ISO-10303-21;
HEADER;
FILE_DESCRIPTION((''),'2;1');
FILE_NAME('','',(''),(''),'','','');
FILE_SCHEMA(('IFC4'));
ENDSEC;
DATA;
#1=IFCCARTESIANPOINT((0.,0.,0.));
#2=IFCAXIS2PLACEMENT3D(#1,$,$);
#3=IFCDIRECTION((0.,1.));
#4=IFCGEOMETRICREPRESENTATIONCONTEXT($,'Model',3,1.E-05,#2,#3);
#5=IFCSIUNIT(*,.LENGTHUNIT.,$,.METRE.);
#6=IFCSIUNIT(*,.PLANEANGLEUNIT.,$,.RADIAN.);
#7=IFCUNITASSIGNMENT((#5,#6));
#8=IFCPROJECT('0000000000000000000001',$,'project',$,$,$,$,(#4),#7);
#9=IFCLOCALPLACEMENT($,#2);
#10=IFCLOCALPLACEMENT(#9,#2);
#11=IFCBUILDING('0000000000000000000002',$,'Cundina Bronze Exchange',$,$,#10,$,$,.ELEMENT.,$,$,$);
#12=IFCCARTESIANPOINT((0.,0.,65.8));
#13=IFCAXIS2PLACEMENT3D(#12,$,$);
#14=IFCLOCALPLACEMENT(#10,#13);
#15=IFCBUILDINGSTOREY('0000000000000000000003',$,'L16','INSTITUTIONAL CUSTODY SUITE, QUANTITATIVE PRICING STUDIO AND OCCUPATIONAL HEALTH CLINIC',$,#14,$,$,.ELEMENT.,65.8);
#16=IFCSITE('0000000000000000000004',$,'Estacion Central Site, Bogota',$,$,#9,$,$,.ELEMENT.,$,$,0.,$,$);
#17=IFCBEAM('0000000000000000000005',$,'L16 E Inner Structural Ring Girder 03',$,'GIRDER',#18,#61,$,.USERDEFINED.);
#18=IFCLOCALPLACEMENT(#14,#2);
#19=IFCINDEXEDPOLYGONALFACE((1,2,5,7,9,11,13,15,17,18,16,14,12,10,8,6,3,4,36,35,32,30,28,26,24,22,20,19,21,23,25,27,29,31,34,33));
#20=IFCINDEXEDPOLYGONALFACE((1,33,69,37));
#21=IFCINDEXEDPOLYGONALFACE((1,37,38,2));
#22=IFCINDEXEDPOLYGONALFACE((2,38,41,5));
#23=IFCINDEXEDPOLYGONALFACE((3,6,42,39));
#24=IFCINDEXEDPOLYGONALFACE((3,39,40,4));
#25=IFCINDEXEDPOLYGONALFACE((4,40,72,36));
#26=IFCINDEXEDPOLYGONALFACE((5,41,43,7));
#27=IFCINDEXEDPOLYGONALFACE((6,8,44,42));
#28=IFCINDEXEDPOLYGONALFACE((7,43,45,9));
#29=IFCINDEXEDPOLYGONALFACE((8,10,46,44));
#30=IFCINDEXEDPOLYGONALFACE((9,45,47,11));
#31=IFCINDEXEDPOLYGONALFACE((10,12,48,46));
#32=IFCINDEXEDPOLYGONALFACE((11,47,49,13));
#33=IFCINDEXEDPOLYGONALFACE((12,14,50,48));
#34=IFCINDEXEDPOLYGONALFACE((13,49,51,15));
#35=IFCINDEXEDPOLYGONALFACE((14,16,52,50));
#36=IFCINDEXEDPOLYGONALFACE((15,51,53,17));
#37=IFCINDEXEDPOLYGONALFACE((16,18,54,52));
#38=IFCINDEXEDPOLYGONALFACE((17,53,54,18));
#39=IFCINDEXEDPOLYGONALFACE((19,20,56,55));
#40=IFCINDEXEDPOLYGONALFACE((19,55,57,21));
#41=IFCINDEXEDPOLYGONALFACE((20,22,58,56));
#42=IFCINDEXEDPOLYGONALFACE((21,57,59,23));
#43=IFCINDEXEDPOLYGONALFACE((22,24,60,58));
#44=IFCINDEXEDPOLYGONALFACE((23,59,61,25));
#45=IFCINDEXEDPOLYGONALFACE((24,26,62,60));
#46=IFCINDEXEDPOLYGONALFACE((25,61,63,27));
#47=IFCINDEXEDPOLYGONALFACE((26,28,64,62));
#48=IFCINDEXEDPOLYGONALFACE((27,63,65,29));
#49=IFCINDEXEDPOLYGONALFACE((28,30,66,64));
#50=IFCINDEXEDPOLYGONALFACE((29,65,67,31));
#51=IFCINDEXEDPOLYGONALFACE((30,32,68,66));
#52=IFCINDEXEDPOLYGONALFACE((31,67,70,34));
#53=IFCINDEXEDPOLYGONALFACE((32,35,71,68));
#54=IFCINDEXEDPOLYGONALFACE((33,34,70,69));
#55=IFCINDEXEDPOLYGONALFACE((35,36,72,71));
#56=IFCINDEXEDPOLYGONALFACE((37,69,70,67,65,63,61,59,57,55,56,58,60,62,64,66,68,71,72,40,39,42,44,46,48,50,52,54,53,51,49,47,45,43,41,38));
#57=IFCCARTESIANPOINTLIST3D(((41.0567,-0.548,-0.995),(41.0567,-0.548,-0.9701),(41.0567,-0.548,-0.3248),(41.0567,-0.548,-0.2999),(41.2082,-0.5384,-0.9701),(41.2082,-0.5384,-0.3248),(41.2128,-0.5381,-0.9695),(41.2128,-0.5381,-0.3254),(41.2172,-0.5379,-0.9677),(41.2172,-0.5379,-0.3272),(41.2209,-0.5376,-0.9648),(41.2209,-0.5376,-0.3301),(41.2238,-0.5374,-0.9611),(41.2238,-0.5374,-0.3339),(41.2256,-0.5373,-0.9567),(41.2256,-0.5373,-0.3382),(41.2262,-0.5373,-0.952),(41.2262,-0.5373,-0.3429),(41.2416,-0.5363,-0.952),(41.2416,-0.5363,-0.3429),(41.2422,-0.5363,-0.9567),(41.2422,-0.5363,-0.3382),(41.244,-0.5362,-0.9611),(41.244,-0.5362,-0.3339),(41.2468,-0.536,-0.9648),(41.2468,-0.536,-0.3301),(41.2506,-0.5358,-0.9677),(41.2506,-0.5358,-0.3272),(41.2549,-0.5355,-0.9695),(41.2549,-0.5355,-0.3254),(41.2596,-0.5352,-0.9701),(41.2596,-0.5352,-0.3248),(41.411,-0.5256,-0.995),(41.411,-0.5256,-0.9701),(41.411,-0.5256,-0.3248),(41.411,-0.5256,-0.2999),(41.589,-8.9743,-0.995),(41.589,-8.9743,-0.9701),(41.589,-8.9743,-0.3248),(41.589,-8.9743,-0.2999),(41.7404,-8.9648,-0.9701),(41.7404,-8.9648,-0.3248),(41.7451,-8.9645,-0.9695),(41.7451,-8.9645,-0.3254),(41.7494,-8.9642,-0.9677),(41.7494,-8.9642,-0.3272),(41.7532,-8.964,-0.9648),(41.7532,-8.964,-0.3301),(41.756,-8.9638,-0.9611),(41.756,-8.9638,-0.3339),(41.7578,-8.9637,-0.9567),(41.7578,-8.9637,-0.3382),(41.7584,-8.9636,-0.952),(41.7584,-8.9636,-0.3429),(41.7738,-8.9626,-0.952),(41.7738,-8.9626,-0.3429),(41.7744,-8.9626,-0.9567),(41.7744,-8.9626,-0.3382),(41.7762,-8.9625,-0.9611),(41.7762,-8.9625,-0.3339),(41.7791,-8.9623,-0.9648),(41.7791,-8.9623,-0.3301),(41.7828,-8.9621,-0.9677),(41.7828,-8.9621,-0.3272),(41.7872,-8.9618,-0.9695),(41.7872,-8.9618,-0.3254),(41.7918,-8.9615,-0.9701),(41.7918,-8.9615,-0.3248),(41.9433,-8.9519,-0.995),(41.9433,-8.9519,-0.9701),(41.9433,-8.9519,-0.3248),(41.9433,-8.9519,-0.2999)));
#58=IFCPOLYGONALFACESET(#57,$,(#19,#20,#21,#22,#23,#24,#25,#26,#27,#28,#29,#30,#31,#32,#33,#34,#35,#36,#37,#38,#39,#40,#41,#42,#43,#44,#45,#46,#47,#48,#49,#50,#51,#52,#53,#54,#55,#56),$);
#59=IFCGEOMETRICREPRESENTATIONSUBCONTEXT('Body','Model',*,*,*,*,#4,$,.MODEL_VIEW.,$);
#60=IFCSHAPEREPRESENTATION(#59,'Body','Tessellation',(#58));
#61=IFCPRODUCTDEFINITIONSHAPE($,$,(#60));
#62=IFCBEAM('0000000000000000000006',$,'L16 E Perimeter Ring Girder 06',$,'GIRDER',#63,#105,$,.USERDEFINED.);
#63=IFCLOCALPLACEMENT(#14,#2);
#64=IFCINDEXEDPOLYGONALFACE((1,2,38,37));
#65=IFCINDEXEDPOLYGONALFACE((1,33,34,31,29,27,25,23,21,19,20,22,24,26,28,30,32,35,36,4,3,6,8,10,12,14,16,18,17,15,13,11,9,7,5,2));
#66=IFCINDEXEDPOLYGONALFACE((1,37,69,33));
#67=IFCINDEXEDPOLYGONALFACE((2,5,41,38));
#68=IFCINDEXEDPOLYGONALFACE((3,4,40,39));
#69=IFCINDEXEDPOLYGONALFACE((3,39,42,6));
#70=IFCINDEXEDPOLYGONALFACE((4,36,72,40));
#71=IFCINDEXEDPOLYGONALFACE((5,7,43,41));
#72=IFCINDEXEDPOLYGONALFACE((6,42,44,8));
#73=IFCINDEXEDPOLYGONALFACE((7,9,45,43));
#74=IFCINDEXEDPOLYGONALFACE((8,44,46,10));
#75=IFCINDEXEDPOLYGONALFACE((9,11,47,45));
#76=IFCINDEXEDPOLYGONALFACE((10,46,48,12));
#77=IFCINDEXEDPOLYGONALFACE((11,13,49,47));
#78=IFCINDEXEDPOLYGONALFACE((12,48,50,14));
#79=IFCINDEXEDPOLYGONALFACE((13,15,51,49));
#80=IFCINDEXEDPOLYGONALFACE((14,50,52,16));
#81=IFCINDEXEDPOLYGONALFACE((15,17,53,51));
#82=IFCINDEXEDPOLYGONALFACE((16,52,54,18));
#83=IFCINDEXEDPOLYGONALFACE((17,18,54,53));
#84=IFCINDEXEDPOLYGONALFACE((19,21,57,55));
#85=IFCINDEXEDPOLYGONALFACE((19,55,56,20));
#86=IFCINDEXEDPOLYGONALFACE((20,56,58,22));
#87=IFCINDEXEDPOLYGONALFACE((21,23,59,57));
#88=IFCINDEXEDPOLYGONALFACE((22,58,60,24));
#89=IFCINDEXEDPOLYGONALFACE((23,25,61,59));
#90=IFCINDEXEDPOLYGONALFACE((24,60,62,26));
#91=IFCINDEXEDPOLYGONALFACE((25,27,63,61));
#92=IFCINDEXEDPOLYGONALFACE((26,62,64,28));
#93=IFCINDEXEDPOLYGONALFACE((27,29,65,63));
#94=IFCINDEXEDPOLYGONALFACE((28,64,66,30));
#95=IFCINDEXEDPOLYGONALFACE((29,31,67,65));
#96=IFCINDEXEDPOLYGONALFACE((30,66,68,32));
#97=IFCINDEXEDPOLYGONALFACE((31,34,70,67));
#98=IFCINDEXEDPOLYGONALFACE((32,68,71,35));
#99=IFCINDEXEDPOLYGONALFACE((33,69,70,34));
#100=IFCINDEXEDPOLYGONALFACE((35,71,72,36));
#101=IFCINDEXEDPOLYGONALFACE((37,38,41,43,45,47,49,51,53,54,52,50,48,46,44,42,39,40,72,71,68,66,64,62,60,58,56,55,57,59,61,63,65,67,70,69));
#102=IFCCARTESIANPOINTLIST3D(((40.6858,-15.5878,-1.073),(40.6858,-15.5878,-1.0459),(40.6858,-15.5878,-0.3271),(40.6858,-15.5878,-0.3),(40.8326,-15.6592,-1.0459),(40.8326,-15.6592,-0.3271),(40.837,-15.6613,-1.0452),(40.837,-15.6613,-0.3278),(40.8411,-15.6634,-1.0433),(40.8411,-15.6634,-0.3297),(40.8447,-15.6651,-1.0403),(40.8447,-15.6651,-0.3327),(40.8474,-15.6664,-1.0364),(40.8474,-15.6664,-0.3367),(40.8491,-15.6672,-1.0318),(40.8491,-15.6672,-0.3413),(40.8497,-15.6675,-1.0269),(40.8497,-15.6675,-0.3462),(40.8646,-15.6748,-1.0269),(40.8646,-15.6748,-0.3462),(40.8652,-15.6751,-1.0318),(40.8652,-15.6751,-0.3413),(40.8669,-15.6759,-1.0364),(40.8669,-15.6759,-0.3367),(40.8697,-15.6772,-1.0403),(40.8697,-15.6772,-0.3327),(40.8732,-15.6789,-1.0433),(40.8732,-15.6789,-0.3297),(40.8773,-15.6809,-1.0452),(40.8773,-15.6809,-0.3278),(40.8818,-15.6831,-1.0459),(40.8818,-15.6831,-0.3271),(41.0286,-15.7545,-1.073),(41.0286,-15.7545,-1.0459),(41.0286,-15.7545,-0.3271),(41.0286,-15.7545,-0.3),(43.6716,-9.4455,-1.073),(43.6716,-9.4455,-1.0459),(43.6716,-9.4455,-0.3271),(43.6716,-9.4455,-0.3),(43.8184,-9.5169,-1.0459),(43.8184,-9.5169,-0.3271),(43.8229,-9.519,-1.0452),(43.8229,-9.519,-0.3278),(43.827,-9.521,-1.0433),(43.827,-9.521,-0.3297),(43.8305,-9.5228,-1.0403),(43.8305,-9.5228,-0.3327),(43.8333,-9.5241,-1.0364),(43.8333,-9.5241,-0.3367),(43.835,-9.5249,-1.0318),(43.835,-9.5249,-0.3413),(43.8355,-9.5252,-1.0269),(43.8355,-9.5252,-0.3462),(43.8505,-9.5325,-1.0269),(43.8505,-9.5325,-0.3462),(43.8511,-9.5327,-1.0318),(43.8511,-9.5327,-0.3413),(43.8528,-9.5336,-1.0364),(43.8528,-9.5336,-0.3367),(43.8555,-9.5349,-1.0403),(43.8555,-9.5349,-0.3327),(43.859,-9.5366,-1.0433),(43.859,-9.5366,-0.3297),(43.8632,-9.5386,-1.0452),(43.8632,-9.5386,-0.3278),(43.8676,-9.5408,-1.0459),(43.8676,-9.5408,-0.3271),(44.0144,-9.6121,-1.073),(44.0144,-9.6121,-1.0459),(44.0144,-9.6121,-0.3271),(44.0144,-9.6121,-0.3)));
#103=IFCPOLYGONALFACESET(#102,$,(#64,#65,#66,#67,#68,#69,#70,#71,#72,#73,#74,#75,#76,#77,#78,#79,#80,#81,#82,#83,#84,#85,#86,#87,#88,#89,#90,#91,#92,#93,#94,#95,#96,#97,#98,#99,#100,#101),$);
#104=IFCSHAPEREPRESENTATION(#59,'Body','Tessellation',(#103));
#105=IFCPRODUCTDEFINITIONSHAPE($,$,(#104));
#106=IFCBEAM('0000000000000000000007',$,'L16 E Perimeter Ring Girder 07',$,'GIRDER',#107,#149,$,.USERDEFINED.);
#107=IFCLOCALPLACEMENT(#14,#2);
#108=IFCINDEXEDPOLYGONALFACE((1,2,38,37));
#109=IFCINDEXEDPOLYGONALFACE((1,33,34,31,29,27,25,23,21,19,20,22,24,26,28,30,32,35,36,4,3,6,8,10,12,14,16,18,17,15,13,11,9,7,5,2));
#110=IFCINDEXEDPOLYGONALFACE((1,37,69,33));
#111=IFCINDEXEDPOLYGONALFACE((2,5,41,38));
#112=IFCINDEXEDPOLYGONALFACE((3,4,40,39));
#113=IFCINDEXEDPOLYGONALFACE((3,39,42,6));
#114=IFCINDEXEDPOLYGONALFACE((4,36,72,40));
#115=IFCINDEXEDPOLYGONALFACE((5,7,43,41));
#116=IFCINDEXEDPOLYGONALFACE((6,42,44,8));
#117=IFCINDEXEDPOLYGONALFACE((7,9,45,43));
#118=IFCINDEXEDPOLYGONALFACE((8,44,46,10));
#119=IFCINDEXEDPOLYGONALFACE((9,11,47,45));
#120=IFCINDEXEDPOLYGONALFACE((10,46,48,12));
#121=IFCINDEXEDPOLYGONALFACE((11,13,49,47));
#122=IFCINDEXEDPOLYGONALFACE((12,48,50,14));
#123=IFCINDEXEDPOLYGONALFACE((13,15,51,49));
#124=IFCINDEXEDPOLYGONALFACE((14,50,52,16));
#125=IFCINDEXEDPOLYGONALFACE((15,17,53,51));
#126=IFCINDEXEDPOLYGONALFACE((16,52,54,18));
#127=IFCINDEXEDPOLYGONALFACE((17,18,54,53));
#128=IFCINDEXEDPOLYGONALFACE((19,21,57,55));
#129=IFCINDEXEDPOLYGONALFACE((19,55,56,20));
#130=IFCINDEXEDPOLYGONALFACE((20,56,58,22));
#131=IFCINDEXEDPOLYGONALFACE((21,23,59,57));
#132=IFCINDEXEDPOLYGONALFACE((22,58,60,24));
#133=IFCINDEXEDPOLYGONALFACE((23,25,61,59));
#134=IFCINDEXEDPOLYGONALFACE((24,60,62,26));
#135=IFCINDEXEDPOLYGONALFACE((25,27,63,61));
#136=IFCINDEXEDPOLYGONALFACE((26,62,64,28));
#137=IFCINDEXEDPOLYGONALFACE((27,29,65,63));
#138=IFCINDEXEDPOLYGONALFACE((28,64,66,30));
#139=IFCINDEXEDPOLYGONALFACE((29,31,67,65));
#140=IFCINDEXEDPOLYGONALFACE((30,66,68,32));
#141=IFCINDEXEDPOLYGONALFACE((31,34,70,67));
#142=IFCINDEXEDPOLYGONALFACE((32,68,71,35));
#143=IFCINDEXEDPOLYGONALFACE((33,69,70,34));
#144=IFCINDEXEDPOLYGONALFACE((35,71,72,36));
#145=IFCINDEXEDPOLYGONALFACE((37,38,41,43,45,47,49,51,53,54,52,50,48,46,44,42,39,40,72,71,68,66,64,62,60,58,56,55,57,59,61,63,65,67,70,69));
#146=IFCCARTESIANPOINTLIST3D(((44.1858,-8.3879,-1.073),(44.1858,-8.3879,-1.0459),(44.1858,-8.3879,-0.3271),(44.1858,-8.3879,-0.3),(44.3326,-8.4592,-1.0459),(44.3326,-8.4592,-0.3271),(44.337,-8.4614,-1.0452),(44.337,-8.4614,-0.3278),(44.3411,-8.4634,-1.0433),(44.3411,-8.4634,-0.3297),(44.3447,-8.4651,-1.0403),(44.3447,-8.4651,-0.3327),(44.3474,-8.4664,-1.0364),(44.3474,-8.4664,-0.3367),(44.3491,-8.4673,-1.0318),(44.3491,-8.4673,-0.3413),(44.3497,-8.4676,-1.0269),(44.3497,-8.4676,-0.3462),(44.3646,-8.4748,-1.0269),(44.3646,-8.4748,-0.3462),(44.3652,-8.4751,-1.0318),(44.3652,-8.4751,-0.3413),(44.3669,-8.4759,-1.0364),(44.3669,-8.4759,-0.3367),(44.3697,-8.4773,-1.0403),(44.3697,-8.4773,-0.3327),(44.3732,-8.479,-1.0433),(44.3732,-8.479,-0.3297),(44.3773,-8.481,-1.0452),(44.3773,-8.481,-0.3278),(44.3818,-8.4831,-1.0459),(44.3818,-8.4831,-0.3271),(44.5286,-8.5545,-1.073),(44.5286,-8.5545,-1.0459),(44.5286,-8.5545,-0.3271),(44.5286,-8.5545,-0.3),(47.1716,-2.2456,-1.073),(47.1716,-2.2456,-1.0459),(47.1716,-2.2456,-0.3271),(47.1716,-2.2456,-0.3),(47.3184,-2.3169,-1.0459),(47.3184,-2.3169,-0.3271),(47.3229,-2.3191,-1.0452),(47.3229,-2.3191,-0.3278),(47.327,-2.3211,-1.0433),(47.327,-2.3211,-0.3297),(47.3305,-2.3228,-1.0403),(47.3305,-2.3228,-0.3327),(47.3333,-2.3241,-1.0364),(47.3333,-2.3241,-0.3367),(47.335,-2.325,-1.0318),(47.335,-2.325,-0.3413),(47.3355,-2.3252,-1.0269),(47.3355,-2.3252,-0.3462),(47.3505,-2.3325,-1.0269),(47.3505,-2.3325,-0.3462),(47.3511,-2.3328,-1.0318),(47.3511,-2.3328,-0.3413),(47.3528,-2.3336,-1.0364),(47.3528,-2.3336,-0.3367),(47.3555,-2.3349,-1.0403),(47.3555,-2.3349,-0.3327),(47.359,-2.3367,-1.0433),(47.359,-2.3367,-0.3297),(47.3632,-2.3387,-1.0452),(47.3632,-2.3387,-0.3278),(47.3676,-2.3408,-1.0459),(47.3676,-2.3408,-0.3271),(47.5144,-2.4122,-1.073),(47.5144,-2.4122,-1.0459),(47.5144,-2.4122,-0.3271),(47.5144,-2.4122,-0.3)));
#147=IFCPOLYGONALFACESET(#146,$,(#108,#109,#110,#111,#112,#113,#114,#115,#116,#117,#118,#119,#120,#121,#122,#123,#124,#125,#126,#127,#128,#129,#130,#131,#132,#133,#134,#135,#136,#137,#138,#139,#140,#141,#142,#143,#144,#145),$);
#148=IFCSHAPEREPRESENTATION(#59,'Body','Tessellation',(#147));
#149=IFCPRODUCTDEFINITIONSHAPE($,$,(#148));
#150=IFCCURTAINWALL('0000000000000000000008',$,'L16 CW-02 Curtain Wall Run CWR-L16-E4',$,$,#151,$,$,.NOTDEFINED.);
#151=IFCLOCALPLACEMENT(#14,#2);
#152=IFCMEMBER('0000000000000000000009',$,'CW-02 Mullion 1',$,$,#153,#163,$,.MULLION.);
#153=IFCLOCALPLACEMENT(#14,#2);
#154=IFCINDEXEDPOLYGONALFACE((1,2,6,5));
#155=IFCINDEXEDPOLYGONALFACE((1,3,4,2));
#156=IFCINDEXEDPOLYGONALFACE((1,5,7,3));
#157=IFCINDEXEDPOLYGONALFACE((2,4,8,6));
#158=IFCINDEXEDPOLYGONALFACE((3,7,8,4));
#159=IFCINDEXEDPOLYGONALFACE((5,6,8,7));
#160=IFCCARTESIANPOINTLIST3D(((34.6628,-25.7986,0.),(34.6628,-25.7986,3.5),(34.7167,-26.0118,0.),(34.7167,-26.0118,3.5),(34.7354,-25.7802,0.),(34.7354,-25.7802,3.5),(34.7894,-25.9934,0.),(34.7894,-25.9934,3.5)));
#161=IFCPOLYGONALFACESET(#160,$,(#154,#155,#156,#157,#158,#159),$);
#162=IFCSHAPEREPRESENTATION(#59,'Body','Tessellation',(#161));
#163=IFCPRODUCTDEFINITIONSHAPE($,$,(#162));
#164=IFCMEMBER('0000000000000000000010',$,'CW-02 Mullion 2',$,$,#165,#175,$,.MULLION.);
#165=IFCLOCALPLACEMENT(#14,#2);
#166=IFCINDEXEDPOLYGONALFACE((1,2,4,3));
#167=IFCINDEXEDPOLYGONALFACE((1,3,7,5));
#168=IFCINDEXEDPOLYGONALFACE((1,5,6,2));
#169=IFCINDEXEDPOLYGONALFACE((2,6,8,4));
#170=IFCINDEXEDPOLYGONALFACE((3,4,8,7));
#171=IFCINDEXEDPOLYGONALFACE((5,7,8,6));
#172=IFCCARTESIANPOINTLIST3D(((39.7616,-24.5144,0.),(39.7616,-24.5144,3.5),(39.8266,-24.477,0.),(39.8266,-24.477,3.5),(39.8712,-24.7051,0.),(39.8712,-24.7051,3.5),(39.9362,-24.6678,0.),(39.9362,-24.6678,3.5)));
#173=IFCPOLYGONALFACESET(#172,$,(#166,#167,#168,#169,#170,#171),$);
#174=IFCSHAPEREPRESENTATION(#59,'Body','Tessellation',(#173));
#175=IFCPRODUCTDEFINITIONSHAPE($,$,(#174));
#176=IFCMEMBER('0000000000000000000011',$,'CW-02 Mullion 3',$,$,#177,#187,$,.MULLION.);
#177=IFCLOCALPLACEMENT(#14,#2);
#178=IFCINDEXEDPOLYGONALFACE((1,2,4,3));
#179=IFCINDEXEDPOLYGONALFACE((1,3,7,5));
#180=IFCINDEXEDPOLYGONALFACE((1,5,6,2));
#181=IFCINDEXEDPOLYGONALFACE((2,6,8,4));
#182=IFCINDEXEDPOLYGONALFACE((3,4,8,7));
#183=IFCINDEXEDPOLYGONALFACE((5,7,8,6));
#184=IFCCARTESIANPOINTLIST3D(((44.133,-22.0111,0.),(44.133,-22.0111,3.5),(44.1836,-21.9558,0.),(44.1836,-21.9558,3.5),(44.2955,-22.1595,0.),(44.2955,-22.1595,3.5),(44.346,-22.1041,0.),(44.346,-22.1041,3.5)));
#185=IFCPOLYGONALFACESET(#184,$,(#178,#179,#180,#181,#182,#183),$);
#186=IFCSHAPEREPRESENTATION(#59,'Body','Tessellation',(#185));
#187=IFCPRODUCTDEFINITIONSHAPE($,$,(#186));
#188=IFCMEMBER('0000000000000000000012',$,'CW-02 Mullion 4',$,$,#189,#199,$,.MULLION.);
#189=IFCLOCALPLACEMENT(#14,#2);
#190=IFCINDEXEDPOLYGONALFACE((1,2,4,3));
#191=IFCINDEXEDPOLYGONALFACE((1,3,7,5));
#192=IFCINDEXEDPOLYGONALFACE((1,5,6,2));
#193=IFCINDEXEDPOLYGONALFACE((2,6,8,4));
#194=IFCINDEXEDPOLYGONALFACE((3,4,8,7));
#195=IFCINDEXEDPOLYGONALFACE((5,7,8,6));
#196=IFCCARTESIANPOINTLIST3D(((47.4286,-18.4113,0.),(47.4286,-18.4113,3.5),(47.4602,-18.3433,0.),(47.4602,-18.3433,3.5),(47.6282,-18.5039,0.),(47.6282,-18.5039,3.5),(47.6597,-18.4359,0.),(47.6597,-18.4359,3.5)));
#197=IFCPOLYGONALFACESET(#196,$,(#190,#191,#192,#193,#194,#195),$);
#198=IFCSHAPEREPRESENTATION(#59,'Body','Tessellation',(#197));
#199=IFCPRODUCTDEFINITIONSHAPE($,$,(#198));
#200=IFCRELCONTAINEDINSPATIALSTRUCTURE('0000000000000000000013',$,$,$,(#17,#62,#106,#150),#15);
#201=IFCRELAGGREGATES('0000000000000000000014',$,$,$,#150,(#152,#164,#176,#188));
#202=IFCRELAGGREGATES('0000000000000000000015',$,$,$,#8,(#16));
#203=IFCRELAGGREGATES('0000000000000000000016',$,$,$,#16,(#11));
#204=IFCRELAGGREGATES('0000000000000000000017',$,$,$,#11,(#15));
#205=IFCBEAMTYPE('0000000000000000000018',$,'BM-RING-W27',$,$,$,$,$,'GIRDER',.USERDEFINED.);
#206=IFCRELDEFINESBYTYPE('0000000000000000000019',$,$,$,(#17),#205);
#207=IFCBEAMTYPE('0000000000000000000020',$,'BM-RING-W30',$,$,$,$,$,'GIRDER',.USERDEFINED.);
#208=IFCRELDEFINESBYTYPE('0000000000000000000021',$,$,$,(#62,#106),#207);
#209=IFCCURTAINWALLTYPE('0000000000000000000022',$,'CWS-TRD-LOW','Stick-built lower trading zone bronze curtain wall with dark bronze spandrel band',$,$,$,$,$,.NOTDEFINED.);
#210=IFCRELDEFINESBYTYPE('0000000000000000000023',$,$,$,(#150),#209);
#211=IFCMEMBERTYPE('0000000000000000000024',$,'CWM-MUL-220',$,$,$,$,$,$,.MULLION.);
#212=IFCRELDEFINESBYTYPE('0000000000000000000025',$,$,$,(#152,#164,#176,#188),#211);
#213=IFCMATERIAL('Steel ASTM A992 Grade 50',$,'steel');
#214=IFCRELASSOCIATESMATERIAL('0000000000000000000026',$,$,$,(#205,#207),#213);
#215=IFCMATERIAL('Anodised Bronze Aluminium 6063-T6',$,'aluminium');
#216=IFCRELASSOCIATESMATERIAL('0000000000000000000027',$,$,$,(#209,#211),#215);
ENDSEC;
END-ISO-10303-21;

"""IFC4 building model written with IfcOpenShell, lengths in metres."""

from ifc_helpers import new_model, si_unit, direction, frame, origin, origin_2d, place, context, subcontext, project, spatial, rectangle, i_section, extrude, material, material_profile, profile_set, type_object, element, aggregate, save


model = new_model("IFC4")

# Units and contexts
model_context = context("Model", 3, precision=1e-05, world=origin(), true_north=direction((0.0, 1.0)))
body_context = subcontext(model_context, "Body", "Model", "MODEL_VIEW")
ifc_project = project(units=[si_unit("LENGTHUNIT", "METRE"), si_unit("PLANEANGLEUNIT", "RADIAN")], contexts=[model_context])

# Site, building, storey
site_placement = place(None, origin())
site = spatial("IfcSite", under=ifc_project, at=site_placement, Name="Estacion Central Site, Bogota", CompositionType="ELEMENT", RefElevation=0.0)
building_placement = place(site_placement, origin())
building = spatial("IfcBuilding", under=site, at=building_placement, Name="Cundina Bronze Exchange", CompositionType="ELEMENT")
storey_placement = place(building_placement, frame((0.0, 0.0, 65.8)))
storey = spatial("IfcBuildingStorey", under=building, at=storey_placement, Name="L16", Description="INSTITUTIONAL CUSTODY SUITE, QUANTITATIVE PRICING STUDIO AND OCCUPATIONAL HEALTH CLINIC", CompositionType="ELEMENT", Elevation=65.8)

# Beams
ifc_material_1 = material(Name="Steel ASTM A992 Grade 50", Category="steel")
ifc_material_profile_1 = material_profile(ifc_material_1, i_section(OverallWidth=0.355, OverallDepth=0.6951, WebThickness=0.0154, FlangeThickness=0.0249, FilletRadius=0.0181, at=origin_2d()), Name="W27X146", Category="steel")
ifc_profile_set_1 = profile_set([ifc_material_profile_1], Name="Steel ASTM A992 Grade 50")
beam_type_1 = type_object("IfcBeamType", Name="BM-RING-W27", ElementType="GIRDER", PredefinedType="USERDEFINED", material=ifc_profile_set_1)
beam_1_placement = place(storey_placement, frame((41.7661, -8.9631, -0.6475), z_axis=(-0.063037, 0.998011, 0.0), x_axis=(-0.998011, -0.063037, 0.0)))
element("IfcBeam", 1, at=beam_1_placement, inside=storey, type_object=beam_type_1, Name="L16 E Inner Structural Ring Girder 03", ObjectType="GIRDER", PredefinedType="USERDEFINED", context=body_context, shape_type="SweptSolid", body=[
    extrude(i_section(OverallWidth=0.355, OverallDepth=0.6951, WebThickness=0.0154, FlangeThickness=0.0249, FilletRadius=0.0181, at=origin_2d()), origin(), (0.0, 0.0, 1.0), 8.4431),
])
ifc_material_profile_2 = material_profile(ifc_material_1, i_section(OverallWidth=0.3811, OverallDepth=0.7729, WebThickness=0.0166, FlangeThickness=0.0271, FilletRadius=0.019, at=origin_2d()), Name="W30X173", Category="steel")
ifc_profile_set_2 = profile_set([ifc_material_profile_2], Name="Steel ASTM A992 Grade 50")
beam_type_2 = type_object("IfcBeamType", Name="BM-RING-W30", ElementType="GIRDER", PredefinedType="USERDEFINED", material=ifc_profile_set_2)
for number, where, z_axis, x_axis, name in (
    (2, (40.8572, -15.6711, -0.6865), (0.437191, 0.899369, 0.0), (-0.899369, 0.437191, 0.0), "L16 E Perimeter Ring Girder 06"),
    (3, (44.3572, -8.4712, -0.6865), (0.437191, 0.899369, 0.0), (-0.899369, 0.437191, 0.0), "L16 E Perimeter Ring Girder 07"),
):
    element("IfcBeam", number, at=place(storey_placement, frame(where, z_axis=z_axis, x_axis=x_axis)), inside=storey, type_object=beam_type_2, Name=name, ObjectType="GIRDER", PredefinedType="USERDEFINED", context=body_context, shape_type="SweptSolid", body=[
        extrude(i_section(OverallWidth=0.3811, OverallDepth=0.7729, WebThickness=0.0166, FlangeThickness=0.0271, FilletRadius=0.019, at=origin_2d()), origin(), (0.0, 0.0, 1.0), 6.8296),
    ])

# Curtain wall, members
ifc_material_2 = material(Name="Anodised Bronze Aluminium 6063-T6", Category="aluminium")
curtain_wall_type = type_object("IfcCurtainWallType", Name="CWS-TRD-LOW", Description="Stick-built lower trading zone bronze curtain wall with dark bronze spandrel band", PredefinedType="NOTDEFINED", material=ifc_material_2)
curtain_wall_placement = place(storey_placement, origin())
curtain_wall = element("IfcCurtainWall", 4, at=curtain_wall_placement, inside=storey, type_object=curtain_wall_type, Name="L16 CW-02 Curtain Wall Run CWR-L16-E4", PredefinedType="NOTDEFINED")
ifc_material_profile_3 = material_profile(ifc_material_2, rectangle(XDim=0.075, YDim=0.22, at=origin_2d()), Name="AL75X220", Category="aluminium")
ifc_profile_set_3 = profile_set([ifc_material_profile_3], Name="Anodised Bronze Aluminium 6063-T6")
member_type_1 = type_object("IfcMemberType", Name="CWM-MUL-220", PredefinedType="MULLION", material=ifc_profile_set_3)
member_1_placement = place(storey_placement, frame((34.7261, -25.896, 0.0), z_axis=(0.0, 0.0, 1.0), x_axis=(0.969488, 0.245138, 0.0)))
member_1 = element("IfcMember", 5, at=member_1_placement, type_object=member_type_1, Name="CW-02 Mullion 1", PredefinedType="MULLION", context=body_context, shape_type="SweptSolid", body=[
    extrude(rectangle(XDim=0.075, YDim=0.22, at=origin_2d()), origin(), (0.0, 0.0, 1.0), 3.5),
])
member_2_placement = place(storey_placement, frame((39.8489, -24.5911, 0.0), z_axis=(0.0, 0.0, 1.0), x_axis=(0.867071, 0.498185, 0.0)))
member_2 = element("IfcMember", 6, at=member_2_placement, type_object=member_type_1, Name="CW-02 Mullion 2", PredefinedType="MULLION", context=body_context, shape_type="SweptSolid", body=[
    extrude(rectangle(XDim=0.075, YDim=0.22, at=origin_2d()), origin(), (0.0, 0.0, 1.0), 3.5),
])
member_3_placement = place(storey_placement, frame((44.2395, -22.0576, 0.0), z_axis=(0.0, 0.0, 1.0), x_axis=(0.674302, 0.738455, 0.0)))
member_3 = element("IfcMember", 7, at=member_3_placement, type_object=member_type_1, Name="CW-02 Mullion 3", PredefinedType="MULLION", context=body_context, shape_type="SweptSolid", body=[
    extrude(rectangle(XDim=0.075, YDim=0.22, at=origin_2d()), origin(), (0.0, 0.0, 1.0), 3.5),
])
member_4_placement = place(storey_placement, frame((47.5442, -18.4236, 0.0), z_axis=(0.0, 0.0, 1.0), x_axis=(0.420877, 0.907117, 0.0)))
member_4 = element("IfcMember", 8, at=member_4_placement, type_object=member_type_1, Name="CW-02 Mullion 4", PredefinedType="MULLION", context=body_context, shape_type="SweptSolid", body=[
    extrude(rectangle(XDim=0.075, YDim=0.22, at=origin_2d()), origin(), (0.0, 0.0, 1.0), 3.5),
])
aggregate(curtain_wall, [member_1, member_2, member_3, member_4])

save(model, "model.ifc")
